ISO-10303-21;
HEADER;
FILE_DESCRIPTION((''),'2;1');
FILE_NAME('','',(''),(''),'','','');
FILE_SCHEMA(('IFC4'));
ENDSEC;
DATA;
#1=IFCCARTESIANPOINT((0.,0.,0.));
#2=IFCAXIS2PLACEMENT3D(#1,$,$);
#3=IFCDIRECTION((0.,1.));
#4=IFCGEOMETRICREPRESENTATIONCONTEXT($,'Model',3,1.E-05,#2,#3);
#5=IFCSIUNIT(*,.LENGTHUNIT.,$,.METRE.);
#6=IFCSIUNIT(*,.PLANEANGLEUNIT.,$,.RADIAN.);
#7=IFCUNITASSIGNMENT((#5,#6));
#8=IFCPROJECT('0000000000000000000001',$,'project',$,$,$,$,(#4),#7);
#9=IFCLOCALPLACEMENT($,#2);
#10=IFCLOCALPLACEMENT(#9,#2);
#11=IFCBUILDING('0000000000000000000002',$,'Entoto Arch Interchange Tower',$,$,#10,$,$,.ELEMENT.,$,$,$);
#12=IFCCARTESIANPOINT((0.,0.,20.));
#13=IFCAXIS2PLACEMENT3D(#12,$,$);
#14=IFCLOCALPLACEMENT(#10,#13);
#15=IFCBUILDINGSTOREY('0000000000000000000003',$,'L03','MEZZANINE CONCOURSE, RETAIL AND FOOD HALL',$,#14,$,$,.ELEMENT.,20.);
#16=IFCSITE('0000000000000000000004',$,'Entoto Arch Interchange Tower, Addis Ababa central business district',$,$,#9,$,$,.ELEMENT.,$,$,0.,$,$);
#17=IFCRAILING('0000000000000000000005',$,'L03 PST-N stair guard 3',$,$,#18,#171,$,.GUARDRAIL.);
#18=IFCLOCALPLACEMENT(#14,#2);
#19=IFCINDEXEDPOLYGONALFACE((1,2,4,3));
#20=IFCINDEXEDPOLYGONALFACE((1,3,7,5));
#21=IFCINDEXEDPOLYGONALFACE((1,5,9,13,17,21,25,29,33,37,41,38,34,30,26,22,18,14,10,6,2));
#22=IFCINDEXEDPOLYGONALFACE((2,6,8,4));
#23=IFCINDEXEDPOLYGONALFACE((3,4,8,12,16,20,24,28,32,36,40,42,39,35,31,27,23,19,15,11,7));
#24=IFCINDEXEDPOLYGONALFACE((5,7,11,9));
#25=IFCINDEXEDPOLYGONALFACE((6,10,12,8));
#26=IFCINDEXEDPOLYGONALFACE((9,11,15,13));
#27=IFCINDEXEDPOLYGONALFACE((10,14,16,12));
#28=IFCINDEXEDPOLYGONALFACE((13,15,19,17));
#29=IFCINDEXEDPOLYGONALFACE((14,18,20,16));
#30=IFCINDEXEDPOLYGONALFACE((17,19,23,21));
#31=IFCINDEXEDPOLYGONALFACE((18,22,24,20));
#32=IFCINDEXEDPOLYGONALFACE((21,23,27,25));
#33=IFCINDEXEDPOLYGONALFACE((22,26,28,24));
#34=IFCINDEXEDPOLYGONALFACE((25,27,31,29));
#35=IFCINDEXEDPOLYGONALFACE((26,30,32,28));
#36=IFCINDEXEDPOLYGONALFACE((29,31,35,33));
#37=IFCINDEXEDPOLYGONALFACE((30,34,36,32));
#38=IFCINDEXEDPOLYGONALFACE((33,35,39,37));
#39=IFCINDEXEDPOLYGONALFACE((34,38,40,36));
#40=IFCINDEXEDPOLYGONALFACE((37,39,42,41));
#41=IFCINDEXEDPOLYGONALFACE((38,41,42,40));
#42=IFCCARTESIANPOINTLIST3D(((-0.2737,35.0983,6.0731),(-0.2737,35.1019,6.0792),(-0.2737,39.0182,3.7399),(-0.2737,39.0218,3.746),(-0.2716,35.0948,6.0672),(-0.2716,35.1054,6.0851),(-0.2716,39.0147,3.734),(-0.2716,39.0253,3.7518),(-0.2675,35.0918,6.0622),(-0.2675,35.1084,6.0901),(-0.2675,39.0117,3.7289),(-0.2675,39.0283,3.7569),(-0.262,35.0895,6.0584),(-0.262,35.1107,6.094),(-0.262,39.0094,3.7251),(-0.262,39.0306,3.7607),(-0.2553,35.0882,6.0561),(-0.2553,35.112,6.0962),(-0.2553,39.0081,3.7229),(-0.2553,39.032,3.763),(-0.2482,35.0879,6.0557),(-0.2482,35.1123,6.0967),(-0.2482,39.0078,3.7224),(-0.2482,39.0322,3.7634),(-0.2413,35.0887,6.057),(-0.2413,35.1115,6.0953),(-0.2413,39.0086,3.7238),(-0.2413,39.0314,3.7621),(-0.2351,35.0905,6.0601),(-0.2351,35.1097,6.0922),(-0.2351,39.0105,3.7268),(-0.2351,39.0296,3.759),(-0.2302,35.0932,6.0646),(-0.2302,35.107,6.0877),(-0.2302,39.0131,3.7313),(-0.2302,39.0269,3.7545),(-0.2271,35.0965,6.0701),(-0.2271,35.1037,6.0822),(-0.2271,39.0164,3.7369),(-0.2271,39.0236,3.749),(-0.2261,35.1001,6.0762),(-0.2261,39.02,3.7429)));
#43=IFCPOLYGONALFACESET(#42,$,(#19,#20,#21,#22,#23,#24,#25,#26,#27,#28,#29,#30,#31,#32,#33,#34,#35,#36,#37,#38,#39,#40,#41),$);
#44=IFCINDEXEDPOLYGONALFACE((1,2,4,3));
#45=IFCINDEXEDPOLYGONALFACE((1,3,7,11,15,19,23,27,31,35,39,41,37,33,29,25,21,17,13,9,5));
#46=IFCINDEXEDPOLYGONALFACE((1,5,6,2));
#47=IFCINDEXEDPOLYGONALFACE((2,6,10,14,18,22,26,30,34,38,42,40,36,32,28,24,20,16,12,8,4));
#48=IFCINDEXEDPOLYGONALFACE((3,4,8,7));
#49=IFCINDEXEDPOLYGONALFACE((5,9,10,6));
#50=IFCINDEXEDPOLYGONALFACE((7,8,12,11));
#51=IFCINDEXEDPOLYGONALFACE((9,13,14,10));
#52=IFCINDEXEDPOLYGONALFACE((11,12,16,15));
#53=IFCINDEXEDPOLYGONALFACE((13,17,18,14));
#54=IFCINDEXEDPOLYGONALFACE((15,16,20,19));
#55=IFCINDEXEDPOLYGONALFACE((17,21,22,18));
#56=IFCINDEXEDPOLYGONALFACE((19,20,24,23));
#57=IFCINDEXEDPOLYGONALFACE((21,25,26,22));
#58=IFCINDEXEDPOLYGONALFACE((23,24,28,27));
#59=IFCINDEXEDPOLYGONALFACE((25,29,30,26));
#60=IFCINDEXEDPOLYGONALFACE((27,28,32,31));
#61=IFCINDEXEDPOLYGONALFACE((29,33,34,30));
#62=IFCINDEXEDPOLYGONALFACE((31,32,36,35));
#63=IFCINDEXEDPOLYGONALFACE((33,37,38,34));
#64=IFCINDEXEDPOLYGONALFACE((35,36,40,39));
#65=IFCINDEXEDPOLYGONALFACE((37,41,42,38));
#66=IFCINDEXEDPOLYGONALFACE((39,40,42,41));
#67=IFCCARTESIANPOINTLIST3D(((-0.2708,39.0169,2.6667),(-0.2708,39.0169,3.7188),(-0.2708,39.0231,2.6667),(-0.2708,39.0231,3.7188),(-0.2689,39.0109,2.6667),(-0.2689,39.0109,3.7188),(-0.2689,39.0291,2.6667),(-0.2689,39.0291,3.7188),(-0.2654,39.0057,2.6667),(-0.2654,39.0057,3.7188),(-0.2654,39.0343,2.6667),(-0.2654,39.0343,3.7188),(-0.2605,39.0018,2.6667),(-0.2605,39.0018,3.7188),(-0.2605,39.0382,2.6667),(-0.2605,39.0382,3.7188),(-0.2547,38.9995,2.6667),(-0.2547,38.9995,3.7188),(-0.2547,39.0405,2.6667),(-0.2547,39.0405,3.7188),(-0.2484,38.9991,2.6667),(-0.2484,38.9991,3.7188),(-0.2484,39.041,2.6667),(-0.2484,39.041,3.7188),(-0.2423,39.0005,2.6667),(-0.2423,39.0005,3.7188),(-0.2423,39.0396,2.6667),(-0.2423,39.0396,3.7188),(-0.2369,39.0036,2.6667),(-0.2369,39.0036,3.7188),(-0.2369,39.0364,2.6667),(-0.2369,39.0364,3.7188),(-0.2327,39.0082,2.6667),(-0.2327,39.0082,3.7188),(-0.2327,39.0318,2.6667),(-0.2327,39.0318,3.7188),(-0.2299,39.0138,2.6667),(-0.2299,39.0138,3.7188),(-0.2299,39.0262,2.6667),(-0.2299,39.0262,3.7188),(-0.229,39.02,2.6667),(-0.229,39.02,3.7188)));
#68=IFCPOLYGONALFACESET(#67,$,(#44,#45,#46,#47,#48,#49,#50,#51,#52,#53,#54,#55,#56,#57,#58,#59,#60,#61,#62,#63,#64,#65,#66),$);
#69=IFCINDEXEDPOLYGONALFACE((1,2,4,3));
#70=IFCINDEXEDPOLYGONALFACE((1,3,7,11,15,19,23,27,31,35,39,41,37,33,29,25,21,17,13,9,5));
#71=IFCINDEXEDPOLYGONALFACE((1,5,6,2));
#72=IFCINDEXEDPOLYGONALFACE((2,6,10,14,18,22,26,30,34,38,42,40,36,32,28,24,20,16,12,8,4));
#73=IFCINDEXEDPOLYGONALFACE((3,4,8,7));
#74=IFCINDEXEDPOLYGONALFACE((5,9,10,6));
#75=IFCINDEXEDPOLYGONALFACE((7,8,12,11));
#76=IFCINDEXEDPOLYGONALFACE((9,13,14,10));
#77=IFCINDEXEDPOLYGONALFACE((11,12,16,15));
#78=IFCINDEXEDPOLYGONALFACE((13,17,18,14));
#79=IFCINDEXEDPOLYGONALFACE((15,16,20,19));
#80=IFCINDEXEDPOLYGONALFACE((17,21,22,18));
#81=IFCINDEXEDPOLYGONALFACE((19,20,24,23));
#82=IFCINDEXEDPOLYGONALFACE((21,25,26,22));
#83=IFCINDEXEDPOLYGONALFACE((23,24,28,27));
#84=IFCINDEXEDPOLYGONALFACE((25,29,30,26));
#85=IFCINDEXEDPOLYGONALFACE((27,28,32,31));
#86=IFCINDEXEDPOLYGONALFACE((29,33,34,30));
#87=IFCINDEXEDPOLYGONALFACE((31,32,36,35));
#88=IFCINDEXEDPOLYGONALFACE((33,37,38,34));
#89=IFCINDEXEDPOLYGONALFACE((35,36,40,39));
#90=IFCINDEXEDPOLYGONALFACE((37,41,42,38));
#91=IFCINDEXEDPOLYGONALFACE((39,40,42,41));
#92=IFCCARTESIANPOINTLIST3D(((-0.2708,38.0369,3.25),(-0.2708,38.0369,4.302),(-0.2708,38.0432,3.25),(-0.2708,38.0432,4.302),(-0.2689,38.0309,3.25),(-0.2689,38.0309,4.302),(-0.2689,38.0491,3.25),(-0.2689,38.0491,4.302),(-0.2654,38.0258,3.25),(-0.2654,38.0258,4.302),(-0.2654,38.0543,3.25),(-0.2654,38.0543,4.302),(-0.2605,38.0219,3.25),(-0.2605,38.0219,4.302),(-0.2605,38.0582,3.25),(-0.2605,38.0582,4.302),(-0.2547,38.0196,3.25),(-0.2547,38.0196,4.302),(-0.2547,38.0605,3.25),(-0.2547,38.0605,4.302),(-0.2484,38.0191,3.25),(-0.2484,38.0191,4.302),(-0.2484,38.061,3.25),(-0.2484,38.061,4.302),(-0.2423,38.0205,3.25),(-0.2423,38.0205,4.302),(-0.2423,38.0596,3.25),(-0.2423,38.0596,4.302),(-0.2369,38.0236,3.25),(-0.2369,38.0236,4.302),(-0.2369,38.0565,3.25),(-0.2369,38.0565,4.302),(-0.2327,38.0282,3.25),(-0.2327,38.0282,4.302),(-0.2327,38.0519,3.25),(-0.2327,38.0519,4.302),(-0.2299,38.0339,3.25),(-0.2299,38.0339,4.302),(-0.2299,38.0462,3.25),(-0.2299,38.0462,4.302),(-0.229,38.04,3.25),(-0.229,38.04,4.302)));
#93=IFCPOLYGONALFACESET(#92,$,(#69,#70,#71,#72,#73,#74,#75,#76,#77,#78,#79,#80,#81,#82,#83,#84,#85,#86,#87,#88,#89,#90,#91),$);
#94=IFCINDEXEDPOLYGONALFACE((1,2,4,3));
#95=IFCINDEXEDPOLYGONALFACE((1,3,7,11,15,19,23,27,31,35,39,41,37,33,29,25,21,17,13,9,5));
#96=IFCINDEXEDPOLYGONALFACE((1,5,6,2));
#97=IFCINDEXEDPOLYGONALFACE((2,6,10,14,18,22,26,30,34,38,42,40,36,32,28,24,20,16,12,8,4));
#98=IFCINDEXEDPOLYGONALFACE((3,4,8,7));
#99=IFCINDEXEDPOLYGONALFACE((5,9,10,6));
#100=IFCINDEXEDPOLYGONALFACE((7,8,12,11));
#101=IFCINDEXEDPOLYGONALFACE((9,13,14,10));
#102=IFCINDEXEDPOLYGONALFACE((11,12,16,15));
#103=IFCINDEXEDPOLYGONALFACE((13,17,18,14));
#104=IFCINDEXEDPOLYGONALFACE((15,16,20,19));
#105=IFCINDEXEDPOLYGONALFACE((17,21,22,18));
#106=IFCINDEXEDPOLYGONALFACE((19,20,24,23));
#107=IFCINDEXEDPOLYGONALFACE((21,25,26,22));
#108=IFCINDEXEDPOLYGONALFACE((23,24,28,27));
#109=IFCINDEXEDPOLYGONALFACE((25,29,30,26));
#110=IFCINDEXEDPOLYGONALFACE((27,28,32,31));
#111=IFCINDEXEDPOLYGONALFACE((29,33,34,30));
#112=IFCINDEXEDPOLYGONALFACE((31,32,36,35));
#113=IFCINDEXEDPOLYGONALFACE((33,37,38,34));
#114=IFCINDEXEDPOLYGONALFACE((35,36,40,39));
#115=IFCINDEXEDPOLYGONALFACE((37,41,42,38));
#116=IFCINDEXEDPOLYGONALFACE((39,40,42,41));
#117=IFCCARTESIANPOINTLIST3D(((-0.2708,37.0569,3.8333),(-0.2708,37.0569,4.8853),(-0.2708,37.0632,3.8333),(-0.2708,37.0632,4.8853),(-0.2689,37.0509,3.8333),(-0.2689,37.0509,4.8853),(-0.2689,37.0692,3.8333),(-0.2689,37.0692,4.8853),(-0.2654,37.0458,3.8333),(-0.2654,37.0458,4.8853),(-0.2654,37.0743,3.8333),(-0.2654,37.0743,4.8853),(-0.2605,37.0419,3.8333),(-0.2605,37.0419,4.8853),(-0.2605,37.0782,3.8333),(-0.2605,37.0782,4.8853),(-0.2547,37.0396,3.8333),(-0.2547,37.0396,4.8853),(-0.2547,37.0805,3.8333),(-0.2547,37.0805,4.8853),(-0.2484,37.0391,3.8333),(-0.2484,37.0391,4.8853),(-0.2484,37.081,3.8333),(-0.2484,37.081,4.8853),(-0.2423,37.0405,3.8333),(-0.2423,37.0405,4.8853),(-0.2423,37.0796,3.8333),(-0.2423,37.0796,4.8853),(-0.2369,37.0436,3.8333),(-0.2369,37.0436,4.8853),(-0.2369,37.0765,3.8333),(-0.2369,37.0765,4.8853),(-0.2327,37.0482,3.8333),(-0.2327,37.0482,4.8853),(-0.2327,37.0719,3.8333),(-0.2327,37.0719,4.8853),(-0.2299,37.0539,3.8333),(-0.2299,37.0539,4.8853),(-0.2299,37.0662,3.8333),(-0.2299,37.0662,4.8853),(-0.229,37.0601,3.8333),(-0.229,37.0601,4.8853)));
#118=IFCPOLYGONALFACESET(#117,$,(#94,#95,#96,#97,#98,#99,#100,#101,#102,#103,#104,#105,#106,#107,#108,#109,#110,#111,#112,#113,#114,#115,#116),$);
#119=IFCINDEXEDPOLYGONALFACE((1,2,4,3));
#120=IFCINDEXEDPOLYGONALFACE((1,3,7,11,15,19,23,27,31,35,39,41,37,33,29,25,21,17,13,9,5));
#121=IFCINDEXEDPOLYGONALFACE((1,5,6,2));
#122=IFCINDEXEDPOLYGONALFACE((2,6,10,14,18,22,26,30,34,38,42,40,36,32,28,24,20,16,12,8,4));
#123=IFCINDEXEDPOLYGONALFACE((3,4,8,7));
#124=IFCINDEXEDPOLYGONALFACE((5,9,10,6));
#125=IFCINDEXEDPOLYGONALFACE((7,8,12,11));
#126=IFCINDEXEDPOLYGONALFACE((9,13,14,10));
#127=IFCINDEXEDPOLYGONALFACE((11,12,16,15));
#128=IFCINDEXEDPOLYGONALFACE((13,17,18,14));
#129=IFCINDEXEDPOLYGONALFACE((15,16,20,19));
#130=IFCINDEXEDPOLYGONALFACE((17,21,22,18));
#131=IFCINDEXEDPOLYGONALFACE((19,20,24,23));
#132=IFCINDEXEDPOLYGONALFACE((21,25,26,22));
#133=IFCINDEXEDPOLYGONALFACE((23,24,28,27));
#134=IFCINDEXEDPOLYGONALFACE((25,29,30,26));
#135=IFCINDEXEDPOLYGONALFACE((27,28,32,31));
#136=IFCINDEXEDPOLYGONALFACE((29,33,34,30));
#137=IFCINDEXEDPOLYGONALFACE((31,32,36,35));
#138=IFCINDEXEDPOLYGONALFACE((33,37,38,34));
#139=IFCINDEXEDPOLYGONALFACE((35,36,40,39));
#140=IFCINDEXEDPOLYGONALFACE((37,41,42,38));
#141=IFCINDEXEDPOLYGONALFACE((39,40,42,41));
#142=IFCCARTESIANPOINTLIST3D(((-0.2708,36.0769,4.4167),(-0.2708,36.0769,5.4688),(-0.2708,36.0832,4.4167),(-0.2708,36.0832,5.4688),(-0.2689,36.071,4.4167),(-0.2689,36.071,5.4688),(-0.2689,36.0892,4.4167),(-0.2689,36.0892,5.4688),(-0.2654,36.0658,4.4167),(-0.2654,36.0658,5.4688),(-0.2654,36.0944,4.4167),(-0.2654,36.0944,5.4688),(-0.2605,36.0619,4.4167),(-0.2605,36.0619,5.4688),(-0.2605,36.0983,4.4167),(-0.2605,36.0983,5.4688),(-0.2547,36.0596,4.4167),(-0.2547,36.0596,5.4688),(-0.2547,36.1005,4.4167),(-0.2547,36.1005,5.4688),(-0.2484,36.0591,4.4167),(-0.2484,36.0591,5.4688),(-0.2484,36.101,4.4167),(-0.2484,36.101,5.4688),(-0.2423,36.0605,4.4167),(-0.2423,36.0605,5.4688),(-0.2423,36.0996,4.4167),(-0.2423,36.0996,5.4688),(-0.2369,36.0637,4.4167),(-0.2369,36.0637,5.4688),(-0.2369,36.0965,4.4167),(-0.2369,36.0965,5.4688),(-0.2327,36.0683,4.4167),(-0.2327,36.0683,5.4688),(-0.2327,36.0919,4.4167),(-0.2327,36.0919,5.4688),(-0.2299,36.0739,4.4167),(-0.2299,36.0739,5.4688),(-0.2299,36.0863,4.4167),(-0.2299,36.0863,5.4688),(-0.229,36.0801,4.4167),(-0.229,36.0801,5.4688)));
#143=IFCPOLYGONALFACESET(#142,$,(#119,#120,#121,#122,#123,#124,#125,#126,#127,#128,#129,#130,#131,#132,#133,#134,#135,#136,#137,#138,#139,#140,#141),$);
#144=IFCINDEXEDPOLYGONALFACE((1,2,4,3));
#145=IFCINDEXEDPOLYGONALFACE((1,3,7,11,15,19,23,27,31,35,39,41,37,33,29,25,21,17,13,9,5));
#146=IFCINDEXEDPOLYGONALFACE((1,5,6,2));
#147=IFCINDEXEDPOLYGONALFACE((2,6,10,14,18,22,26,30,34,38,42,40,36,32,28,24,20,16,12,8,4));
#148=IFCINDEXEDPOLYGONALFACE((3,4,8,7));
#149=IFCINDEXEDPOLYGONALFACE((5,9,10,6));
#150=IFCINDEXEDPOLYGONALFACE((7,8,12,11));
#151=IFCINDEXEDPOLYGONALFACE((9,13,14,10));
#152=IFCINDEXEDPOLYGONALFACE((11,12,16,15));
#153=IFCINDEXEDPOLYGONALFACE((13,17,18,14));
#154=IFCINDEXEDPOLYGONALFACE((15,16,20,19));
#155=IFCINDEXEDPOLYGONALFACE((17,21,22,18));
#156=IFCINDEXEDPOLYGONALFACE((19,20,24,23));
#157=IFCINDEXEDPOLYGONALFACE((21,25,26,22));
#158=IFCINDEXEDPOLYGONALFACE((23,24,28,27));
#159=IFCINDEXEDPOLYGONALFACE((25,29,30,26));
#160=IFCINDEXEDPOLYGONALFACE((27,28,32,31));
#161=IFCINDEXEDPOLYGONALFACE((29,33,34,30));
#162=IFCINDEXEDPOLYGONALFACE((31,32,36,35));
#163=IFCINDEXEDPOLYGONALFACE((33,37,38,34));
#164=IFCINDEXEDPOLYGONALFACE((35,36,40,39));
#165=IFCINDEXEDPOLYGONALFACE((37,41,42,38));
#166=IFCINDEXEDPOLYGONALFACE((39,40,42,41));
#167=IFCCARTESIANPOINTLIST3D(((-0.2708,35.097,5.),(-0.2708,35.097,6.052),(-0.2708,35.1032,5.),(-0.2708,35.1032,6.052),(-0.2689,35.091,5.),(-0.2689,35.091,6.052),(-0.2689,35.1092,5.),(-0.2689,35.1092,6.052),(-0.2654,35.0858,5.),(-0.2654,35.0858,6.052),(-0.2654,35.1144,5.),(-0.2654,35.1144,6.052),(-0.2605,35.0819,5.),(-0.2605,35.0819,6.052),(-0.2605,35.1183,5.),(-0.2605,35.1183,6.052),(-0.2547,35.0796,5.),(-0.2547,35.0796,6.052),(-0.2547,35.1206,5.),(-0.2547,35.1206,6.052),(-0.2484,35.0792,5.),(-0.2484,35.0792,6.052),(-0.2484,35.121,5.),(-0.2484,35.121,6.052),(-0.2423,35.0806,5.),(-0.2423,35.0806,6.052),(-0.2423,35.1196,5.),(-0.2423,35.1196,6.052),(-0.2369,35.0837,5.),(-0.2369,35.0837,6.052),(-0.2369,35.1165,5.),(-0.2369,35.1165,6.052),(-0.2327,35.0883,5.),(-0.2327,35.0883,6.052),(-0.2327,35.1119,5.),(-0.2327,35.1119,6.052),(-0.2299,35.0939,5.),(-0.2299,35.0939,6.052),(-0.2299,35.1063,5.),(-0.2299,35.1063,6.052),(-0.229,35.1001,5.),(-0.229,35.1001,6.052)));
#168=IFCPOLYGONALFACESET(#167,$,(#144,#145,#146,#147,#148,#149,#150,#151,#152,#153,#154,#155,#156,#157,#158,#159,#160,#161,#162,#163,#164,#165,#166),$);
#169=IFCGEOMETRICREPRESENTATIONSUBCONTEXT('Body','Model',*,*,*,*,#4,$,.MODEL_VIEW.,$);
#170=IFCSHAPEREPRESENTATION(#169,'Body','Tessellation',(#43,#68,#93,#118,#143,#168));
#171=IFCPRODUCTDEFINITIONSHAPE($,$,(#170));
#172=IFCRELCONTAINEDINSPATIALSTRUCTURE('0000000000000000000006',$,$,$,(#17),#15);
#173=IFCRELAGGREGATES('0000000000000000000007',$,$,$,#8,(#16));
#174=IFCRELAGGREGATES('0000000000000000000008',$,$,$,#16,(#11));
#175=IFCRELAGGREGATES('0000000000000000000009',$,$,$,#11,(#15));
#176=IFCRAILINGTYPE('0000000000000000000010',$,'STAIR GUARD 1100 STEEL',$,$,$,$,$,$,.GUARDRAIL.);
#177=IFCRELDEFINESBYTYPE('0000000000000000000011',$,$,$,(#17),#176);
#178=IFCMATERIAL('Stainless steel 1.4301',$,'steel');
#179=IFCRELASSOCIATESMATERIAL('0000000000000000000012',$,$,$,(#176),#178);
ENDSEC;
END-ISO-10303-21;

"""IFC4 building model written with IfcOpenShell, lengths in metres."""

from ifc_helpers import new_model, si_unit, direction, frame, origin, origin_2d, place, context, subcontext, project, spatial, circle, extrude, material, type_object, element, save


model = new_model("IFC4")

# Units and contexts
model_context = context("Model", 3, precision=1e-05, world=origin(), true_north=direction((0.0, 1.0)))
body_context = subcontext(model_context, "Body", "Model", "MODEL_VIEW")
ifc_project = project(units=[si_unit("LENGTHUNIT", "METRE"), si_unit("PLANEANGLEUNIT", "RADIAN")], contexts=[model_context])

# Site, building, storey
site_placement = place(None, origin())
site = spatial("IfcSite", under=ifc_project, at=site_placement, Name="Entoto Arch Interchange Tower, Addis Ababa central business district", CompositionType="ELEMENT", RefElevation=0.0)
building_placement = place(site_placement, origin())
building = spatial("IfcBuilding", under=site, at=building_placement, Name="Entoto Arch Interchange Tower", CompositionType="ELEMENT")
storey_placement = place(building_placement, frame((0.0, 0.0, 20.0)))
storey = spatial("IfcBuildingStorey", under=building, at=storey_placement, Name="L03", Description="MEZZANINE CONCOURSE, RETAIL AND FOOD HALL", CompositionType="ELEMENT", Elevation=20.0)

# Railing
ifc_material_1 = material(Name="Stainless steel 1.4301", Category="steel")
railing_type_1 = type_object("IfcRailingType", Name="STAIR GUARD 1100 STEEL", PredefinedType="GUARDRAIL", material=ifc_material_1)
railing_1_placement = place(storey_placement, frame((-0.25, 39.02, 2.6667)))
element("IfcRailing", 1, at=railing_1_placement, inside=storey, type_object=railing_type_1, Name="L03 PST-N stair guard 3", PredefinedType="GUARDRAIL", context=body_context, shape_type="SweptSolid", body=[
    extrude(circle(Radius=0.0239, at=origin_2d()), frame((0.0, 0.0, 1.0762), z_axis=(0.0, -0.859296, 0.511478), x_axis=(1.0, 0.0, 0.0)), (0.0, 0.0, 1.0), 4.5618),
    extrude(circle(Radius=0.021, at=origin_2d()), origin(), (0.0, 0.0, 1.0), 1.052),
    extrude(circle(Radius=0.021, at=origin_2d()), frame((0.0, -0.98, 0.5833)), (0.0, 0.0, 1.0), 1.052),
    extrude(circle(Radius=0.021, at=origin_2d()), frame((0.0, -1.96, 1.1665)), (0.0, 0.0, 1.0), 1.052),
    extrude(circle(Radius=0.021, at=origin_2d()), frame((0.0, -2.9399, 1.75)), (0.0, 0.0, 1.0), 1.052),
    extrude(circle(Radius=0.021, at=origin_2d()), frame((0.0, -3.9199, 2.3333)), (0.0, 0.0, 1.0), 1.052),
])

save(model, "model.ifc")
